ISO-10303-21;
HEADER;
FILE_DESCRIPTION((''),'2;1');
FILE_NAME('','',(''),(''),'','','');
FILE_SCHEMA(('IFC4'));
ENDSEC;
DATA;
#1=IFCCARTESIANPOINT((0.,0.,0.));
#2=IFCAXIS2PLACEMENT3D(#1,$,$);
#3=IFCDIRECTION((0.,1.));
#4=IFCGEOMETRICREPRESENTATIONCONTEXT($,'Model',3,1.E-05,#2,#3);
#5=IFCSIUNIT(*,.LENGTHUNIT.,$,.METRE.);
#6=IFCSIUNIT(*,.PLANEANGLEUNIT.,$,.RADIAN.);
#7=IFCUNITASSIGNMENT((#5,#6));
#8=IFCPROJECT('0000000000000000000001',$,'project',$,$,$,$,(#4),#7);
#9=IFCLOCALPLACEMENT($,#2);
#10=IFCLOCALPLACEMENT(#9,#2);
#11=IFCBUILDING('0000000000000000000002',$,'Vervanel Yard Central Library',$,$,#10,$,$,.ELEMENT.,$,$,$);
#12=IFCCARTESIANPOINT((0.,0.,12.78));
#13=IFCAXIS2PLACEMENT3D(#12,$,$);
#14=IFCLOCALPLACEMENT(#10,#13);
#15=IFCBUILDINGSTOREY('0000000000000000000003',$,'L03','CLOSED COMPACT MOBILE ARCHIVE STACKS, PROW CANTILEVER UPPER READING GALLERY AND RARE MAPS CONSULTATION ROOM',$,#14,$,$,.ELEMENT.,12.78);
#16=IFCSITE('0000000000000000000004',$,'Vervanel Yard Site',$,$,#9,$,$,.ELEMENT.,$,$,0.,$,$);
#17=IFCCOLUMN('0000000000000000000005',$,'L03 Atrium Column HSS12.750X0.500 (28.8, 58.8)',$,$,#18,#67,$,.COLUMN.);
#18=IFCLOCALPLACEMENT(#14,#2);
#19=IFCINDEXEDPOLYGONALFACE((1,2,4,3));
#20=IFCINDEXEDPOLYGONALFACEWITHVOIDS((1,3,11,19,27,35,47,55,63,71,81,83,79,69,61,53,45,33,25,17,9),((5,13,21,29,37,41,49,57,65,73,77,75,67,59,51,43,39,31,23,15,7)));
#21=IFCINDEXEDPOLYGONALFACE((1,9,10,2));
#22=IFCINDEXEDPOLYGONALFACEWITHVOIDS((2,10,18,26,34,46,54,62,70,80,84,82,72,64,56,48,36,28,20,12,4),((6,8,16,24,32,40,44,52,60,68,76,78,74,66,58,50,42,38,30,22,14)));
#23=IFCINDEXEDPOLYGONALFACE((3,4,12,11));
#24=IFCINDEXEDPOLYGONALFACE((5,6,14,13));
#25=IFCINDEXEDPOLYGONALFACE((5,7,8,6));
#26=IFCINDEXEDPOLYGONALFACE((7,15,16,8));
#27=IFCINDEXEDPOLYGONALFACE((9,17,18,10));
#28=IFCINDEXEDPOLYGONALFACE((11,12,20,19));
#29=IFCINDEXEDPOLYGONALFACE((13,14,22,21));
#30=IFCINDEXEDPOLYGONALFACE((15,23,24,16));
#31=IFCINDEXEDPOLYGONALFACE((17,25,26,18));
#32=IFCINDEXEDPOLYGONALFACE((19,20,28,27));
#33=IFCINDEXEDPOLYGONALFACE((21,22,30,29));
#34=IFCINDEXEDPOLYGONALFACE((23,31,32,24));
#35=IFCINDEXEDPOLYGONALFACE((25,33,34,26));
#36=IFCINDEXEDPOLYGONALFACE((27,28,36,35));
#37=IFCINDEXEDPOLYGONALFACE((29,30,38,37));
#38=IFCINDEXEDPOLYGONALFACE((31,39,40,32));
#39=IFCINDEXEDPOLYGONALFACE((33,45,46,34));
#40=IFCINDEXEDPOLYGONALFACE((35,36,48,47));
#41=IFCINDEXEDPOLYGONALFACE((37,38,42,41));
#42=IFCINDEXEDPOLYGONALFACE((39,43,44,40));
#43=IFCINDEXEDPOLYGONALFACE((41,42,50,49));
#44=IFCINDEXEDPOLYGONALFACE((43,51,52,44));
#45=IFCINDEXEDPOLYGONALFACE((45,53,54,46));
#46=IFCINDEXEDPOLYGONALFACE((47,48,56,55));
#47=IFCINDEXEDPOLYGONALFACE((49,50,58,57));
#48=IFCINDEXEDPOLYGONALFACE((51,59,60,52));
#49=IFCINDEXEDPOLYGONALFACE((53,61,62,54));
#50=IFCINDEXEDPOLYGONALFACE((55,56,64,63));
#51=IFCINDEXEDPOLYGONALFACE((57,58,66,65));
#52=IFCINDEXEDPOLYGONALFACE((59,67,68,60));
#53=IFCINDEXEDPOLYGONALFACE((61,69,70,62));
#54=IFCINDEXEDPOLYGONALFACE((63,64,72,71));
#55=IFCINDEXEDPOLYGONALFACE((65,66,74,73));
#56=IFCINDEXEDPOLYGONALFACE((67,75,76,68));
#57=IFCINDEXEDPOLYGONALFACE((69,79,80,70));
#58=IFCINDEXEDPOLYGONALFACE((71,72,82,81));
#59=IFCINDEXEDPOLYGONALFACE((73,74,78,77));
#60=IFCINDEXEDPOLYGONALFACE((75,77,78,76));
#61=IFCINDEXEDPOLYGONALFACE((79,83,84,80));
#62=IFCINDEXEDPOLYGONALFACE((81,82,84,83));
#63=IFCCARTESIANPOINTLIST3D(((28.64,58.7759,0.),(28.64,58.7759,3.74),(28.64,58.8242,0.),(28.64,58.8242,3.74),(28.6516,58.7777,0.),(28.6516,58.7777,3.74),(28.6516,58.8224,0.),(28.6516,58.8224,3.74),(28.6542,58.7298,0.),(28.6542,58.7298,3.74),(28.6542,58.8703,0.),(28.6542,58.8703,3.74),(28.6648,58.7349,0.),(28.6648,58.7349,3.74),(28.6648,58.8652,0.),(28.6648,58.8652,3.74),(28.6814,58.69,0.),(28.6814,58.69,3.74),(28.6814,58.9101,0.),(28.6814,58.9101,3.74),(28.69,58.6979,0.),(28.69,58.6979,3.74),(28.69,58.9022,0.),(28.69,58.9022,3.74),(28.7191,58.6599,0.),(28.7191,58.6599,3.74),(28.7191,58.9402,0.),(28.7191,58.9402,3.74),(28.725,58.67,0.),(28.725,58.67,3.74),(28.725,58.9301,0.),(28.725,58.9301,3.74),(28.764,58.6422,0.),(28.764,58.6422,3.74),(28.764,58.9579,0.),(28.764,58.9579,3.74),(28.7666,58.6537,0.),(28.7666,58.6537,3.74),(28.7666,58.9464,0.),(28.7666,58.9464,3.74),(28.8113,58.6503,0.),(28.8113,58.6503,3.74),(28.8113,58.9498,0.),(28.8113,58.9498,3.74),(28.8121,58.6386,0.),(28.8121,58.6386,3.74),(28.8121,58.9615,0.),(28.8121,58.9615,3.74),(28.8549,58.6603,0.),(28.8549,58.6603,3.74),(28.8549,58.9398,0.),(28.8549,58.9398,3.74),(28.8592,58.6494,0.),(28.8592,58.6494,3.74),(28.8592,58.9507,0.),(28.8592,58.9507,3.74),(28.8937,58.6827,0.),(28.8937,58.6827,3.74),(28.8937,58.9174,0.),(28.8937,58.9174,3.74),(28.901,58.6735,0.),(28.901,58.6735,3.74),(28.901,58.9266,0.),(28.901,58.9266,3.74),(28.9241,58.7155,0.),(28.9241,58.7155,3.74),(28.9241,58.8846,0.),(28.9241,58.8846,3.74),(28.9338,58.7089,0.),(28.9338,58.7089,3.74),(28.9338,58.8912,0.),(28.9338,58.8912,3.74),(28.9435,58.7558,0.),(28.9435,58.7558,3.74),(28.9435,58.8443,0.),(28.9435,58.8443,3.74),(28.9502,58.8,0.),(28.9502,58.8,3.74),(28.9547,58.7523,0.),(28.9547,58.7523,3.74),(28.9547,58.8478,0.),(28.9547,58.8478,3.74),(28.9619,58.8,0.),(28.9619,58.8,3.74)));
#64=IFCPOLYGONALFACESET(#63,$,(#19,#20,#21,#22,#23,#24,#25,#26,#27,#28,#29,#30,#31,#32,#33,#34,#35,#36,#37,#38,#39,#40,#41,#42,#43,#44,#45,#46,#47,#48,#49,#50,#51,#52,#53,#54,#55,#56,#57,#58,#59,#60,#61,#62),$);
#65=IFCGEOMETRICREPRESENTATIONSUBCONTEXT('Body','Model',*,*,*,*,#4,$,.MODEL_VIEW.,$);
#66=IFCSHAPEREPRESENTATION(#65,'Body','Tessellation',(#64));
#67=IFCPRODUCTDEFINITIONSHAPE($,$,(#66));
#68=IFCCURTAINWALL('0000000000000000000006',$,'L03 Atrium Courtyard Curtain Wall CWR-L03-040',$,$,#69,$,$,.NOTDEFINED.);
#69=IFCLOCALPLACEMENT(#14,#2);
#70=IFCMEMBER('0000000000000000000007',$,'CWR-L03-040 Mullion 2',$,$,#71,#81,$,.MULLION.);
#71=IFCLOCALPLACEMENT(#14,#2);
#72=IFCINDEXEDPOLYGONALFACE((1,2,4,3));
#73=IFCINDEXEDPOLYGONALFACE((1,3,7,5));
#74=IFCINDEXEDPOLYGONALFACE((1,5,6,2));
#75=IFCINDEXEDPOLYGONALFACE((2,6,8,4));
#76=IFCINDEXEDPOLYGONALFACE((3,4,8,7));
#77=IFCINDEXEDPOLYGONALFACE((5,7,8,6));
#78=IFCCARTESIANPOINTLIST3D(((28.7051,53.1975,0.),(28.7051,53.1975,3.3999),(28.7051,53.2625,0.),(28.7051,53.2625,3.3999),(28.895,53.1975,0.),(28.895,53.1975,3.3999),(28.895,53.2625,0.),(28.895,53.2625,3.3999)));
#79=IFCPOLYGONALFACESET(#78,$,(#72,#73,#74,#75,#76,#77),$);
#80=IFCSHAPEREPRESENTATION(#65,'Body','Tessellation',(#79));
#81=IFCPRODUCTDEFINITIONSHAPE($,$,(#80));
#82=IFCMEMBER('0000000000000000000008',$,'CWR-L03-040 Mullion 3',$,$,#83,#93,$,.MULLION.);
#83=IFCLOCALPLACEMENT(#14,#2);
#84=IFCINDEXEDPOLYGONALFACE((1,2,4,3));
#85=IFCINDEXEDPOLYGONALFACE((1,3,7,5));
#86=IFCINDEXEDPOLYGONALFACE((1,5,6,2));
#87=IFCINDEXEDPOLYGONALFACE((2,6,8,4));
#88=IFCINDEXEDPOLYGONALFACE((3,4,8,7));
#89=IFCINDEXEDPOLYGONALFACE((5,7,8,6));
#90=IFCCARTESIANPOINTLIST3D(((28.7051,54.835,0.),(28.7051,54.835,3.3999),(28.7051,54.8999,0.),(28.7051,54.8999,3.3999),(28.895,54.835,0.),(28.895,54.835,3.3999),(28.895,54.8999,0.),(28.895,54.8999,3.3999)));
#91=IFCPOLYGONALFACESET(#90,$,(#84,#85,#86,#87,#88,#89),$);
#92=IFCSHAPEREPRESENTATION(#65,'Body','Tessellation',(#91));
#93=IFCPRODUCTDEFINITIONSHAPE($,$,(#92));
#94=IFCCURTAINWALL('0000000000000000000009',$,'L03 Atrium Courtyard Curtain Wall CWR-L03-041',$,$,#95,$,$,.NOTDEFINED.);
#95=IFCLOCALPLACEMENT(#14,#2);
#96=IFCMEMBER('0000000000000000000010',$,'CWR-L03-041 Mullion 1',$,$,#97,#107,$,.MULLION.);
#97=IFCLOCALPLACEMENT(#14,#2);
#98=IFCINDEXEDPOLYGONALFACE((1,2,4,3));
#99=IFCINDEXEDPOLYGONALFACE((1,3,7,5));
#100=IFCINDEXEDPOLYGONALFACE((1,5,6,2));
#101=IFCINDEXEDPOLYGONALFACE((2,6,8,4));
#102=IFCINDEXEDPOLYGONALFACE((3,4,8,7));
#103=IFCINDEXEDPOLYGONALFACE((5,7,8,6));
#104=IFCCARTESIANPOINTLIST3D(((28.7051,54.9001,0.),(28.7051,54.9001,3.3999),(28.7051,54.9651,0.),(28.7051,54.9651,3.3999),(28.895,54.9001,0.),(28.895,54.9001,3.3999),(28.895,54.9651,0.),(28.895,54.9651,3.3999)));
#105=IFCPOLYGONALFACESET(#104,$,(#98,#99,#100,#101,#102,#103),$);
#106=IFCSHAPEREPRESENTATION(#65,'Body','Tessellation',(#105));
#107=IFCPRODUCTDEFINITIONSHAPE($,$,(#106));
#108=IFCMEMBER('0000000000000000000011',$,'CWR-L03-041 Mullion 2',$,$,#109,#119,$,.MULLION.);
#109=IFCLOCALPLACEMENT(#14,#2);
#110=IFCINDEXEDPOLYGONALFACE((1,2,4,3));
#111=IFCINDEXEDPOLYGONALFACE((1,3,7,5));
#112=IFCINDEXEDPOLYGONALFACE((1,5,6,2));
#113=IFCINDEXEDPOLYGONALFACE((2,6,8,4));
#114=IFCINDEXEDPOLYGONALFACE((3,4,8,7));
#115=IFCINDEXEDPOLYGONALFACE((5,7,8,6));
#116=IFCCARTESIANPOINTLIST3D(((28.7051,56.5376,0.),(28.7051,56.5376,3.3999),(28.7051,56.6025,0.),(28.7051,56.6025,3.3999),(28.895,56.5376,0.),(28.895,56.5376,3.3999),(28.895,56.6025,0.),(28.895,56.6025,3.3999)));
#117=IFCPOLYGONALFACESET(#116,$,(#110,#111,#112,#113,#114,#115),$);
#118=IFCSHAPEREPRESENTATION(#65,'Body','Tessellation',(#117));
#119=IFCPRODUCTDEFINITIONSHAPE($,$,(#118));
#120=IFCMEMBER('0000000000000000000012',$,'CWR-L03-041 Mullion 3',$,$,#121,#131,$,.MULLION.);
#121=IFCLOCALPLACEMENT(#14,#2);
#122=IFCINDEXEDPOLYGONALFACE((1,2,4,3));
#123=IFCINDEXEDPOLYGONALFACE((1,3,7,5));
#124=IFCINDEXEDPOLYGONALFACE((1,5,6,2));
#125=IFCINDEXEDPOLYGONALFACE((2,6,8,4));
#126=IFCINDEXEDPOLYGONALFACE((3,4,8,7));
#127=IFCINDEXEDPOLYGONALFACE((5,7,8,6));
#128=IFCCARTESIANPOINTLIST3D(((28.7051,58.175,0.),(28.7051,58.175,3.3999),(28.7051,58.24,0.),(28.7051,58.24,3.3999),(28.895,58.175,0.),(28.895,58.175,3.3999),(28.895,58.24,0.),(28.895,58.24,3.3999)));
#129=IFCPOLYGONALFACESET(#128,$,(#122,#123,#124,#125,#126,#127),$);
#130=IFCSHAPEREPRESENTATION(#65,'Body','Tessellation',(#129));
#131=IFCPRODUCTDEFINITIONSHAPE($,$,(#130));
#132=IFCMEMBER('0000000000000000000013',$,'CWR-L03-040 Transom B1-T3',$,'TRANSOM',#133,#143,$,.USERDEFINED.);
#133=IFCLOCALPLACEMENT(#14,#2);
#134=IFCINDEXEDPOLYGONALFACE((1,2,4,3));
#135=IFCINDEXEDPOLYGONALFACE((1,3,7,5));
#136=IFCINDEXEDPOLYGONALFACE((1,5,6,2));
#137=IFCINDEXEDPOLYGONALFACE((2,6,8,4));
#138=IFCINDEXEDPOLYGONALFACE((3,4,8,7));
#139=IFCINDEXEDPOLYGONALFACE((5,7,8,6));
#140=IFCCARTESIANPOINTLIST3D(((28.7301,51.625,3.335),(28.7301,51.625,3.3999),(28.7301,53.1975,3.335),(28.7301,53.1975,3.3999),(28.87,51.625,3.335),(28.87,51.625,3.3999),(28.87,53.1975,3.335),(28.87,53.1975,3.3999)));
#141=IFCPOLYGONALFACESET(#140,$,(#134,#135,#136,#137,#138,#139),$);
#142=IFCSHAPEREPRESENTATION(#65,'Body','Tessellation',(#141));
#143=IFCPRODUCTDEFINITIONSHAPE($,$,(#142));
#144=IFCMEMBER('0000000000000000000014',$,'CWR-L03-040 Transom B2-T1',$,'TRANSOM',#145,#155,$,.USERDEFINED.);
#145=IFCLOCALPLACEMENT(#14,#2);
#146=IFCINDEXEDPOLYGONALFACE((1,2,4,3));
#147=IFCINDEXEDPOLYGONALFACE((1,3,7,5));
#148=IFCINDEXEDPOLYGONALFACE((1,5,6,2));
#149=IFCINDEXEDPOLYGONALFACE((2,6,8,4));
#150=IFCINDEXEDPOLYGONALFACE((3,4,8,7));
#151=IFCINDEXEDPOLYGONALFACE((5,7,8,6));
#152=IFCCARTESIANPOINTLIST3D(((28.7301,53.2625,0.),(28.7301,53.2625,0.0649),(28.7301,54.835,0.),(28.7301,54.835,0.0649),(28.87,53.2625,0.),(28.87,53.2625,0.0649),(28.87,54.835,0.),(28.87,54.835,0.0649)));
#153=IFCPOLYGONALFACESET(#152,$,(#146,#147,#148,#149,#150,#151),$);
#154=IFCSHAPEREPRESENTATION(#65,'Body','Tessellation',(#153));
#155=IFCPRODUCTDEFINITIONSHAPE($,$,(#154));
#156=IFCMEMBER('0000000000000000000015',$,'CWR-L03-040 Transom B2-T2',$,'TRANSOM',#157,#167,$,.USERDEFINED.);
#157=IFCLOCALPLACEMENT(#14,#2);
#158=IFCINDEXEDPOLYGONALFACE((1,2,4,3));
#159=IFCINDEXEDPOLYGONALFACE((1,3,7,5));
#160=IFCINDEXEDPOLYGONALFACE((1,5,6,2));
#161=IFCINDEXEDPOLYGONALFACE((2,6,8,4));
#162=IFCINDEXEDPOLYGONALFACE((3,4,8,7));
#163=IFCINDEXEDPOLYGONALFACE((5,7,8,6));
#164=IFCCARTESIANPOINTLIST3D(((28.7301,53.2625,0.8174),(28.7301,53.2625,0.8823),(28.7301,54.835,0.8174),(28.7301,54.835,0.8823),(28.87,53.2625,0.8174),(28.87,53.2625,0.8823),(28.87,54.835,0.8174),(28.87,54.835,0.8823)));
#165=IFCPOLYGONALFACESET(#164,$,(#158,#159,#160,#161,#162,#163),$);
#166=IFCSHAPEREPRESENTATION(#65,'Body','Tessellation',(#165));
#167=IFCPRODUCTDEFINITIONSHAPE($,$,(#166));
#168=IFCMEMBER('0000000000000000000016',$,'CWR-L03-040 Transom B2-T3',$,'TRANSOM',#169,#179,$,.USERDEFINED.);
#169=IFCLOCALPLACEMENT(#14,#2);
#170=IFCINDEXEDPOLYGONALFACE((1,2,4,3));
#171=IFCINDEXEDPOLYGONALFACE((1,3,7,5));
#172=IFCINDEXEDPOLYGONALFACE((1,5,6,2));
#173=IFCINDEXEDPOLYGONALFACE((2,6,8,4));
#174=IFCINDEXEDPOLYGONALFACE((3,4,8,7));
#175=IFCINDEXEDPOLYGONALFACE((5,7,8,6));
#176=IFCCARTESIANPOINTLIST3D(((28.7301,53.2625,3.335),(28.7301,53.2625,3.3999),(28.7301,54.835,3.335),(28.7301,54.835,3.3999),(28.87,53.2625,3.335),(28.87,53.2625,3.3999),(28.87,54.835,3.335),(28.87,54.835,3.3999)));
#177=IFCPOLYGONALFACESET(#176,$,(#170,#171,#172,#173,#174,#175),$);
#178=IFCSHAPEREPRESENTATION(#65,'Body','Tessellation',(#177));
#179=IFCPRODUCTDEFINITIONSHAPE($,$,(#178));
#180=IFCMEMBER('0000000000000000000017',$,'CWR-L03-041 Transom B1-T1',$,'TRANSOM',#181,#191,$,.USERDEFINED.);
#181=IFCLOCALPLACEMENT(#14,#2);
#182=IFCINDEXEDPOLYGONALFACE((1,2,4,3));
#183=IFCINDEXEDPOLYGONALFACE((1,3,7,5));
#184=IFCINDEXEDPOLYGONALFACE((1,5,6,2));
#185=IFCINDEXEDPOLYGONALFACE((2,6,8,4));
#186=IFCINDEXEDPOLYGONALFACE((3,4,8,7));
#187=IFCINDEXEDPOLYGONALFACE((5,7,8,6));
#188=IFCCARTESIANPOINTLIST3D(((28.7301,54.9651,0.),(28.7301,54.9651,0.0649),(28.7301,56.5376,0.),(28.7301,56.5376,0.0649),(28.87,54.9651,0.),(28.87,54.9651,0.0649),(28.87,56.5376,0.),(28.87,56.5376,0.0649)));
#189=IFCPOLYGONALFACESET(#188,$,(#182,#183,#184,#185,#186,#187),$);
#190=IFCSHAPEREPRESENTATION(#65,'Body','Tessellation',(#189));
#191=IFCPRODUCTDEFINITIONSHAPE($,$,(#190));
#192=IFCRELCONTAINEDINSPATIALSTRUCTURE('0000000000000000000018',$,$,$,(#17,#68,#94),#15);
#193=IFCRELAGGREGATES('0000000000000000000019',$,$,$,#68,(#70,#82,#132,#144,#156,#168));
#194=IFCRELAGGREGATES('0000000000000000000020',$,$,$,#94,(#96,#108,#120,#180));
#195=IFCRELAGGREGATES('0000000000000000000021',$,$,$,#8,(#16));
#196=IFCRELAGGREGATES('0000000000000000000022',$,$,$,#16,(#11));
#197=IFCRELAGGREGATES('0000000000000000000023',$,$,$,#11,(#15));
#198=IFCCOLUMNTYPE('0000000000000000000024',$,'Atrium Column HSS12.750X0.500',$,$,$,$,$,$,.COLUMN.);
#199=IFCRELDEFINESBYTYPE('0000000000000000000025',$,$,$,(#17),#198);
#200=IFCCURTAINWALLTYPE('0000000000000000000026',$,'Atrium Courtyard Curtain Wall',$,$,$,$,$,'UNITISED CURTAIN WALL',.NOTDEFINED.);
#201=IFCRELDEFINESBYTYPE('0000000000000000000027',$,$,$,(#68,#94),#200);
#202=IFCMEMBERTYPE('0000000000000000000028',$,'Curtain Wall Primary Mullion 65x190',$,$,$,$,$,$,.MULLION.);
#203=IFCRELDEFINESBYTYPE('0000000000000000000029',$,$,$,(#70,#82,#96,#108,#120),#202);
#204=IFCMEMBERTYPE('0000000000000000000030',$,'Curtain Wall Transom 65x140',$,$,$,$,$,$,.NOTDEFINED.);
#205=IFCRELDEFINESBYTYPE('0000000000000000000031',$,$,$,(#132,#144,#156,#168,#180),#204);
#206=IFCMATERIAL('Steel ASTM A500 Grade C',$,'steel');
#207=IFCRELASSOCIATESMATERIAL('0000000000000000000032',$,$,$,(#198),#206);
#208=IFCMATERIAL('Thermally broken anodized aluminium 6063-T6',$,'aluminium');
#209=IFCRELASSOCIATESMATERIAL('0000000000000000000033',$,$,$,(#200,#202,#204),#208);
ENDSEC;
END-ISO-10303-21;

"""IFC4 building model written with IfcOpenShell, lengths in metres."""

from ifc_helpers import new_model, si_unit, direction, frame, origin, origin_2d, place, context, subcontext, project, spatial, rectangle, hollow_circle, extrude, material, material_profile, profile_set, type_object, element, aggregate, save


model = new_model("IFC4")

# Units and contexts
model_context = context("Model", 3, precision=1e-05, world=origin(), true_north=direction((0.0, 1.0)))
body_context = subcontext(model_context, "Body", "Model", "MODEL_VIEW")
ifc_project = project(units=[si_unit("LENGTHUNIT", "METRE"), si_unit("PLANEANGLEUNIT", "RADIAN")], contexts=[model_context])

# Site, building, storey
site_placement = place(None, origin())
site = spatial("IfcSite", under=ifc_project, at=site_placement, Name="Vervanel Yard Site", CompositionType="ELEMENT", RefElevation=0.0)
building_placement = place(site_placement, origin())
building = spatial("IfcBuilding", under=site, at=building_placement, Name="Vervanel Yard Central Library", CompositionType="ELEMENT")
storey_placement = place(building_placement, frame((0.0, 0.0, 12.78)))
storey = spatial("IfcBuildingStorey", under=building, at=storey_placement, Name="L03", Description="CLOSED COMPACT MOBILE ARCHIVE STACKS, PROW CANTILEVER UPPER READING GALLERY AND RARE MAPS CONSULTATION ROOM", CompositionType="ELEMENT", Elevation=12.78)

# Column
ifc_material_1 = material(Name="Steel ASTM A500 Grade C", Category="steel")
ifc_material_profile_1 = material_profile(ifc_material_1, hollow_circle(Radius=0.1619, WallThickness=0.0117, at=origin_2d()), Name="HSS12.750X0.500", Category="steel")
ifc_profile_set_1 = profile_set([ifc_material_profile_1], Name="Steel ASTM A500 Grade C")
column_type = type_object("IfcColumnType", Name="Atrium Column HSS12.750X0.500", PredefinedType="COLUMN", material=ifc_profile_set_1)
column_placement = place(storey_placement, frame((28.8, 58.8, 0.0), z_axis=(0.0, 0.0, 1.0), x_axis=(1.0, 0.0, 0.0)))
element("IfcColumn", 1, at=column_placement, inside=storey, type_object=column_type, Name="L03 Atrium Column HSS12.750X0.500 (28.8, 58.8)", PredefinedType="COLUMN", context=body_context, shape_type="SweptSolid", body=[
    extrude(hollow_circle(Radius=0.1619, WallThickness=0.0117, at=origin_2d()), origin(), (0.0, 0.0, 1.0), 3.74),
])

# Curtain walls, members
ifc_material_2 = material(Name="Thermally broken anodized aluminium 6063-T6", Category="aluminium")
curtain_wall_type = type_object("IfcCurtainWallType", Name="Atrium Courtyard Curtain Wall", ElementType="UNITISED CURTAIN WALL", PredefinedType="NOTDEFINED", material=ifc_material_2)
curtain_wall_1_placement = place(storey_placement, origin())
curtain_wall_1 = element("IfcCurtainWall", 2, at=curtain_wall_1_placement, inside=storey, type_object=curtain_wall_type, Name="L03 Atrium Courtyard Curtain Wall CWR-L03-040", PredefinedType="NOTDEFINED")
ifc_material_profile_2 = material_profile(ifc_material_2, rectangle(XDim=0.0649, YDim=0.1899, at=origin_2d()), Name="ALU 65x190", Category="aluminium")
ifc_profile_set_2 = profile_set([ifc_material_profile_2], Name="Thermally broken anodized aluminium 6063-T6")
member_type_1 = type_object("IfcMemberType", Name="Curtain Wall Primary Mullion 65x190", PredefinedType="MULLION", material=ifc_profile_set_2)
member_1_placement = place(storey_placement, frame((28.8, 53.23, 0.0), z_axis=(0.0, 0.0, 1.0), x_axis=(0.0, 1.0, 0.0)))
member_1 = element("IfcMember", 3, at=member_1_placement, type_object=member_type_1, Name="CWR-L03-040 Mullion 2", PredefinedType="MULLION", context=body_context, shape_type="SweptSolid", body=[
    extrude(rectangle(XDim=0.0649, YDim=0.1899, at=origin_2d()), origin(), (0.0, 0.0, 1.0), 3.3999),
])
member_2_placement = place(storey_placement, frame((28.8, 54.8674, 0.0), z_axis=(0.0, 0.0, 1.0), x_axis=(0.0, 1.0, 0.0)))
member_2 = element("IfcMember", 4, at=member_2_placement, type_object=member_type_1, Name="CWR-L03-040 Mullion 3", PredefinedType="MULLION", context=body_context, shape_type="SweptSolid", body=[
    extrude(rectangle(XDim=0.0649, YDim=0.1899, at=origin_2d()), origin(), (0.0, 0.0, 1.0), 3.3999),
])
curtain_wall_2_placement = place(storey_placement, origin())
curtain_wall_2 = element("IfcCurtainWall", 5, at=curtain_wall_2_placement, inside=storey, type_object=curtain_wall_type, Name="L03 Atrium Courtyard Curtain Wall CWR-L03-041", PredefinedType="NOTDEFINED")
member_3_placement = place(storey_placement, frame((28.8, 54.9326, 0.0), z_axis=(0.0, 0.0, 1.0), x_axis=(0.0, 1.0, 0.0)))
member_3 = element("IfcMember", 6, at=member_3_placement, type_object=member_type_1, Name="CWR-L03-041 Mullion 1", PredefinedType="MULLION", context=body_context, shape_type="SweptSolid", body=[
    extrude(rectangle(XDim=0.0649, YDim=0.1899, at=origin_2d()), origin(), (0.0, 0.0, 1.0), 3.3999),
])
member_4_placement = place(storey_placement, frame((28.8, 56.5701, 0.0), z_axis=(0.0, 0.0, 1.0), x_axis=(0.0, 1.0, 0.0)))
member_4 = element("IfcMember", 7, at=member_4_placement, type_object=member_type_1, Name="CWR-L03-041 Mullion 2", PredefinedType="MULLION", context=body_context, shape_type="SweptSolid", body=[
    extrude(rectangle(XDim=0.0649, YDim=0.1899, at=origin_2d()), origin(), (0.0, 0.0, 1.0), 3.3999),
])
member_5_placement = place(storey_placement, frame((28.8, 58.2075, 0.0), z_axis=(0.0, 0.0, 1.0), x_axis=(0.0, 1.0, 0.0)))
member_5 = element("IfcMember", 8, at=member_5_placement, type_object=member_type_1, Name="CWR-L03-041 Mullion 3", PredefinedType="MULLION", context=body_context, shape_type="SweptSolid", body=[
    extrude(rectangle(XDim=0.0649, YDim=0.1899, at=origin_2d()), origin(), (0.0, 0.0, 1.0), 3.3999),
])

# Members
ifc_material_profile_3 = material_profile(ifc_material_2, rectangle(XDim=0.0649, YDim=0.1399, at=origin_2d()), Name="ALU 65x140", Category="aluminium")
ifc_profile_set_3 = profile_set([ifc_material_profile_3], Name="Thermally broken anodized aluminium 6063-T6")
member_type_2 = type_object("IfcMemberType", Name="Curtain Wall Transom 65x140", PredefinedType="NOTDEFINED", material=ifc_profile_set_3)
member_6_placement = place(storey_placement, frame((28.8, 51.625, 3.3674), z_axis=(0.0, 1.0, 0.0), x_axis=(0.0, 0.0, 1.0)))
member_6 = element("IfcMember", 9, at=member_6_placement, type_object=member_type_2, Name="CWR-L03-040 Transom B1-T3", ObjectType="TRANSOM", PredefinedType="USERDEFINED", context=body_context, shape_type="SweptSolid", body=[
    extrude(rectangle(XDim=0.0649, YDim=0.1399, at=origin_2d()), origin(), (0.0, 0.0, 1.0), 1.5725),
])
member_7_placement = place(storey_placement, frame((28.8, 53.2625, 0.0325), z_axis=(0.0, 1.0, 0.0), x_axis=(0.0, 0.0, 1.0)))
member_7 = element("IfcMember", 10, at=member_7_placement, type_object=member_type_2, Name="CWR-L03-040 Transom B2-T1", ObjectType="TRANSOM", PredefinedType="USERDEFINED", context=body_context, shape_type="SweptSolid", body=[
    extrude(rectangle(XDim=0.0649, YDim=0.1399, at=origin_2d()), origin(), (0.0, 0.0, 1.0), 1.5725),
])
member_8_placement = place(storey_placement, frame((28.8, 53.2625, 0.8499), z_axis=(0.0, 1.0, 0.0), x_axis=(0.0, 0.0, 1.0)))
member_8 = element("IfcMember", 11, at=member_8_placement, type_object=member_type_2, Name="CWR-L03-040 Transom B2-T2", ObjectType="TRANSOM", PredefinedType="USERDEFINED", context=body_context, shape_type="SweptSolid", body=[
    extrude(rectangle(XDim=0.0649, YDim=0.1399, at=origin_2d()), origin(), (0.0, 0.0, 1.0), 1.5725),
])
member_9_placement = place(storey_placement, frame((28.8, 53.2625, 3.3674), z_axis=(0.0, 1.0, 0.0), x_axis=(0.0, 0.0, 1.0)))
member_9 = element("IfcMember", 12, at=member_9_placement, type_object=member_type_2, Name="CWR-L03-040 Transom B2-T3", ObjectType="TRANSOM", PredefinedType="USERDEFINED", context=body_context, shape_type="SweptSolid", body=[
    extrude(rectangle(XDim=0.0649, YDim=0.1399, at=origin_2d()), origin(), (0.0, 0.0, 1.0), 1.5725),
])
member_10_placement = place(storey_placement, frame((28.8, 54.9651, 0.0325), z_axis=(0.0, 1.0, 0.0), x_axis=(0.0, 0.0, 1.0)))
member_10 = element("IfcMember", 13, at=member_10_placement, type_object=member_type_2, Name="CWR-L03-041 Transom B1-T1", ObjectType="TRANSOM", PredefinedType="USERDEFINED", context=body_context, shape_type="SweptSolid", body=[
    extrude(rectangle(XDim=0.0649, YDim=0.1399, at=origin_2d()), origin(), (0.0, 0.0, 1.0), 1.5725),
])

aggregate(curtain_wall_1, [member_1, member_2, member_6, member_7, member_8, member_9])
aggregate(curtain_wall_2, [member_3, member_4, member_5, member_10])

save(model, "model.ifc")
